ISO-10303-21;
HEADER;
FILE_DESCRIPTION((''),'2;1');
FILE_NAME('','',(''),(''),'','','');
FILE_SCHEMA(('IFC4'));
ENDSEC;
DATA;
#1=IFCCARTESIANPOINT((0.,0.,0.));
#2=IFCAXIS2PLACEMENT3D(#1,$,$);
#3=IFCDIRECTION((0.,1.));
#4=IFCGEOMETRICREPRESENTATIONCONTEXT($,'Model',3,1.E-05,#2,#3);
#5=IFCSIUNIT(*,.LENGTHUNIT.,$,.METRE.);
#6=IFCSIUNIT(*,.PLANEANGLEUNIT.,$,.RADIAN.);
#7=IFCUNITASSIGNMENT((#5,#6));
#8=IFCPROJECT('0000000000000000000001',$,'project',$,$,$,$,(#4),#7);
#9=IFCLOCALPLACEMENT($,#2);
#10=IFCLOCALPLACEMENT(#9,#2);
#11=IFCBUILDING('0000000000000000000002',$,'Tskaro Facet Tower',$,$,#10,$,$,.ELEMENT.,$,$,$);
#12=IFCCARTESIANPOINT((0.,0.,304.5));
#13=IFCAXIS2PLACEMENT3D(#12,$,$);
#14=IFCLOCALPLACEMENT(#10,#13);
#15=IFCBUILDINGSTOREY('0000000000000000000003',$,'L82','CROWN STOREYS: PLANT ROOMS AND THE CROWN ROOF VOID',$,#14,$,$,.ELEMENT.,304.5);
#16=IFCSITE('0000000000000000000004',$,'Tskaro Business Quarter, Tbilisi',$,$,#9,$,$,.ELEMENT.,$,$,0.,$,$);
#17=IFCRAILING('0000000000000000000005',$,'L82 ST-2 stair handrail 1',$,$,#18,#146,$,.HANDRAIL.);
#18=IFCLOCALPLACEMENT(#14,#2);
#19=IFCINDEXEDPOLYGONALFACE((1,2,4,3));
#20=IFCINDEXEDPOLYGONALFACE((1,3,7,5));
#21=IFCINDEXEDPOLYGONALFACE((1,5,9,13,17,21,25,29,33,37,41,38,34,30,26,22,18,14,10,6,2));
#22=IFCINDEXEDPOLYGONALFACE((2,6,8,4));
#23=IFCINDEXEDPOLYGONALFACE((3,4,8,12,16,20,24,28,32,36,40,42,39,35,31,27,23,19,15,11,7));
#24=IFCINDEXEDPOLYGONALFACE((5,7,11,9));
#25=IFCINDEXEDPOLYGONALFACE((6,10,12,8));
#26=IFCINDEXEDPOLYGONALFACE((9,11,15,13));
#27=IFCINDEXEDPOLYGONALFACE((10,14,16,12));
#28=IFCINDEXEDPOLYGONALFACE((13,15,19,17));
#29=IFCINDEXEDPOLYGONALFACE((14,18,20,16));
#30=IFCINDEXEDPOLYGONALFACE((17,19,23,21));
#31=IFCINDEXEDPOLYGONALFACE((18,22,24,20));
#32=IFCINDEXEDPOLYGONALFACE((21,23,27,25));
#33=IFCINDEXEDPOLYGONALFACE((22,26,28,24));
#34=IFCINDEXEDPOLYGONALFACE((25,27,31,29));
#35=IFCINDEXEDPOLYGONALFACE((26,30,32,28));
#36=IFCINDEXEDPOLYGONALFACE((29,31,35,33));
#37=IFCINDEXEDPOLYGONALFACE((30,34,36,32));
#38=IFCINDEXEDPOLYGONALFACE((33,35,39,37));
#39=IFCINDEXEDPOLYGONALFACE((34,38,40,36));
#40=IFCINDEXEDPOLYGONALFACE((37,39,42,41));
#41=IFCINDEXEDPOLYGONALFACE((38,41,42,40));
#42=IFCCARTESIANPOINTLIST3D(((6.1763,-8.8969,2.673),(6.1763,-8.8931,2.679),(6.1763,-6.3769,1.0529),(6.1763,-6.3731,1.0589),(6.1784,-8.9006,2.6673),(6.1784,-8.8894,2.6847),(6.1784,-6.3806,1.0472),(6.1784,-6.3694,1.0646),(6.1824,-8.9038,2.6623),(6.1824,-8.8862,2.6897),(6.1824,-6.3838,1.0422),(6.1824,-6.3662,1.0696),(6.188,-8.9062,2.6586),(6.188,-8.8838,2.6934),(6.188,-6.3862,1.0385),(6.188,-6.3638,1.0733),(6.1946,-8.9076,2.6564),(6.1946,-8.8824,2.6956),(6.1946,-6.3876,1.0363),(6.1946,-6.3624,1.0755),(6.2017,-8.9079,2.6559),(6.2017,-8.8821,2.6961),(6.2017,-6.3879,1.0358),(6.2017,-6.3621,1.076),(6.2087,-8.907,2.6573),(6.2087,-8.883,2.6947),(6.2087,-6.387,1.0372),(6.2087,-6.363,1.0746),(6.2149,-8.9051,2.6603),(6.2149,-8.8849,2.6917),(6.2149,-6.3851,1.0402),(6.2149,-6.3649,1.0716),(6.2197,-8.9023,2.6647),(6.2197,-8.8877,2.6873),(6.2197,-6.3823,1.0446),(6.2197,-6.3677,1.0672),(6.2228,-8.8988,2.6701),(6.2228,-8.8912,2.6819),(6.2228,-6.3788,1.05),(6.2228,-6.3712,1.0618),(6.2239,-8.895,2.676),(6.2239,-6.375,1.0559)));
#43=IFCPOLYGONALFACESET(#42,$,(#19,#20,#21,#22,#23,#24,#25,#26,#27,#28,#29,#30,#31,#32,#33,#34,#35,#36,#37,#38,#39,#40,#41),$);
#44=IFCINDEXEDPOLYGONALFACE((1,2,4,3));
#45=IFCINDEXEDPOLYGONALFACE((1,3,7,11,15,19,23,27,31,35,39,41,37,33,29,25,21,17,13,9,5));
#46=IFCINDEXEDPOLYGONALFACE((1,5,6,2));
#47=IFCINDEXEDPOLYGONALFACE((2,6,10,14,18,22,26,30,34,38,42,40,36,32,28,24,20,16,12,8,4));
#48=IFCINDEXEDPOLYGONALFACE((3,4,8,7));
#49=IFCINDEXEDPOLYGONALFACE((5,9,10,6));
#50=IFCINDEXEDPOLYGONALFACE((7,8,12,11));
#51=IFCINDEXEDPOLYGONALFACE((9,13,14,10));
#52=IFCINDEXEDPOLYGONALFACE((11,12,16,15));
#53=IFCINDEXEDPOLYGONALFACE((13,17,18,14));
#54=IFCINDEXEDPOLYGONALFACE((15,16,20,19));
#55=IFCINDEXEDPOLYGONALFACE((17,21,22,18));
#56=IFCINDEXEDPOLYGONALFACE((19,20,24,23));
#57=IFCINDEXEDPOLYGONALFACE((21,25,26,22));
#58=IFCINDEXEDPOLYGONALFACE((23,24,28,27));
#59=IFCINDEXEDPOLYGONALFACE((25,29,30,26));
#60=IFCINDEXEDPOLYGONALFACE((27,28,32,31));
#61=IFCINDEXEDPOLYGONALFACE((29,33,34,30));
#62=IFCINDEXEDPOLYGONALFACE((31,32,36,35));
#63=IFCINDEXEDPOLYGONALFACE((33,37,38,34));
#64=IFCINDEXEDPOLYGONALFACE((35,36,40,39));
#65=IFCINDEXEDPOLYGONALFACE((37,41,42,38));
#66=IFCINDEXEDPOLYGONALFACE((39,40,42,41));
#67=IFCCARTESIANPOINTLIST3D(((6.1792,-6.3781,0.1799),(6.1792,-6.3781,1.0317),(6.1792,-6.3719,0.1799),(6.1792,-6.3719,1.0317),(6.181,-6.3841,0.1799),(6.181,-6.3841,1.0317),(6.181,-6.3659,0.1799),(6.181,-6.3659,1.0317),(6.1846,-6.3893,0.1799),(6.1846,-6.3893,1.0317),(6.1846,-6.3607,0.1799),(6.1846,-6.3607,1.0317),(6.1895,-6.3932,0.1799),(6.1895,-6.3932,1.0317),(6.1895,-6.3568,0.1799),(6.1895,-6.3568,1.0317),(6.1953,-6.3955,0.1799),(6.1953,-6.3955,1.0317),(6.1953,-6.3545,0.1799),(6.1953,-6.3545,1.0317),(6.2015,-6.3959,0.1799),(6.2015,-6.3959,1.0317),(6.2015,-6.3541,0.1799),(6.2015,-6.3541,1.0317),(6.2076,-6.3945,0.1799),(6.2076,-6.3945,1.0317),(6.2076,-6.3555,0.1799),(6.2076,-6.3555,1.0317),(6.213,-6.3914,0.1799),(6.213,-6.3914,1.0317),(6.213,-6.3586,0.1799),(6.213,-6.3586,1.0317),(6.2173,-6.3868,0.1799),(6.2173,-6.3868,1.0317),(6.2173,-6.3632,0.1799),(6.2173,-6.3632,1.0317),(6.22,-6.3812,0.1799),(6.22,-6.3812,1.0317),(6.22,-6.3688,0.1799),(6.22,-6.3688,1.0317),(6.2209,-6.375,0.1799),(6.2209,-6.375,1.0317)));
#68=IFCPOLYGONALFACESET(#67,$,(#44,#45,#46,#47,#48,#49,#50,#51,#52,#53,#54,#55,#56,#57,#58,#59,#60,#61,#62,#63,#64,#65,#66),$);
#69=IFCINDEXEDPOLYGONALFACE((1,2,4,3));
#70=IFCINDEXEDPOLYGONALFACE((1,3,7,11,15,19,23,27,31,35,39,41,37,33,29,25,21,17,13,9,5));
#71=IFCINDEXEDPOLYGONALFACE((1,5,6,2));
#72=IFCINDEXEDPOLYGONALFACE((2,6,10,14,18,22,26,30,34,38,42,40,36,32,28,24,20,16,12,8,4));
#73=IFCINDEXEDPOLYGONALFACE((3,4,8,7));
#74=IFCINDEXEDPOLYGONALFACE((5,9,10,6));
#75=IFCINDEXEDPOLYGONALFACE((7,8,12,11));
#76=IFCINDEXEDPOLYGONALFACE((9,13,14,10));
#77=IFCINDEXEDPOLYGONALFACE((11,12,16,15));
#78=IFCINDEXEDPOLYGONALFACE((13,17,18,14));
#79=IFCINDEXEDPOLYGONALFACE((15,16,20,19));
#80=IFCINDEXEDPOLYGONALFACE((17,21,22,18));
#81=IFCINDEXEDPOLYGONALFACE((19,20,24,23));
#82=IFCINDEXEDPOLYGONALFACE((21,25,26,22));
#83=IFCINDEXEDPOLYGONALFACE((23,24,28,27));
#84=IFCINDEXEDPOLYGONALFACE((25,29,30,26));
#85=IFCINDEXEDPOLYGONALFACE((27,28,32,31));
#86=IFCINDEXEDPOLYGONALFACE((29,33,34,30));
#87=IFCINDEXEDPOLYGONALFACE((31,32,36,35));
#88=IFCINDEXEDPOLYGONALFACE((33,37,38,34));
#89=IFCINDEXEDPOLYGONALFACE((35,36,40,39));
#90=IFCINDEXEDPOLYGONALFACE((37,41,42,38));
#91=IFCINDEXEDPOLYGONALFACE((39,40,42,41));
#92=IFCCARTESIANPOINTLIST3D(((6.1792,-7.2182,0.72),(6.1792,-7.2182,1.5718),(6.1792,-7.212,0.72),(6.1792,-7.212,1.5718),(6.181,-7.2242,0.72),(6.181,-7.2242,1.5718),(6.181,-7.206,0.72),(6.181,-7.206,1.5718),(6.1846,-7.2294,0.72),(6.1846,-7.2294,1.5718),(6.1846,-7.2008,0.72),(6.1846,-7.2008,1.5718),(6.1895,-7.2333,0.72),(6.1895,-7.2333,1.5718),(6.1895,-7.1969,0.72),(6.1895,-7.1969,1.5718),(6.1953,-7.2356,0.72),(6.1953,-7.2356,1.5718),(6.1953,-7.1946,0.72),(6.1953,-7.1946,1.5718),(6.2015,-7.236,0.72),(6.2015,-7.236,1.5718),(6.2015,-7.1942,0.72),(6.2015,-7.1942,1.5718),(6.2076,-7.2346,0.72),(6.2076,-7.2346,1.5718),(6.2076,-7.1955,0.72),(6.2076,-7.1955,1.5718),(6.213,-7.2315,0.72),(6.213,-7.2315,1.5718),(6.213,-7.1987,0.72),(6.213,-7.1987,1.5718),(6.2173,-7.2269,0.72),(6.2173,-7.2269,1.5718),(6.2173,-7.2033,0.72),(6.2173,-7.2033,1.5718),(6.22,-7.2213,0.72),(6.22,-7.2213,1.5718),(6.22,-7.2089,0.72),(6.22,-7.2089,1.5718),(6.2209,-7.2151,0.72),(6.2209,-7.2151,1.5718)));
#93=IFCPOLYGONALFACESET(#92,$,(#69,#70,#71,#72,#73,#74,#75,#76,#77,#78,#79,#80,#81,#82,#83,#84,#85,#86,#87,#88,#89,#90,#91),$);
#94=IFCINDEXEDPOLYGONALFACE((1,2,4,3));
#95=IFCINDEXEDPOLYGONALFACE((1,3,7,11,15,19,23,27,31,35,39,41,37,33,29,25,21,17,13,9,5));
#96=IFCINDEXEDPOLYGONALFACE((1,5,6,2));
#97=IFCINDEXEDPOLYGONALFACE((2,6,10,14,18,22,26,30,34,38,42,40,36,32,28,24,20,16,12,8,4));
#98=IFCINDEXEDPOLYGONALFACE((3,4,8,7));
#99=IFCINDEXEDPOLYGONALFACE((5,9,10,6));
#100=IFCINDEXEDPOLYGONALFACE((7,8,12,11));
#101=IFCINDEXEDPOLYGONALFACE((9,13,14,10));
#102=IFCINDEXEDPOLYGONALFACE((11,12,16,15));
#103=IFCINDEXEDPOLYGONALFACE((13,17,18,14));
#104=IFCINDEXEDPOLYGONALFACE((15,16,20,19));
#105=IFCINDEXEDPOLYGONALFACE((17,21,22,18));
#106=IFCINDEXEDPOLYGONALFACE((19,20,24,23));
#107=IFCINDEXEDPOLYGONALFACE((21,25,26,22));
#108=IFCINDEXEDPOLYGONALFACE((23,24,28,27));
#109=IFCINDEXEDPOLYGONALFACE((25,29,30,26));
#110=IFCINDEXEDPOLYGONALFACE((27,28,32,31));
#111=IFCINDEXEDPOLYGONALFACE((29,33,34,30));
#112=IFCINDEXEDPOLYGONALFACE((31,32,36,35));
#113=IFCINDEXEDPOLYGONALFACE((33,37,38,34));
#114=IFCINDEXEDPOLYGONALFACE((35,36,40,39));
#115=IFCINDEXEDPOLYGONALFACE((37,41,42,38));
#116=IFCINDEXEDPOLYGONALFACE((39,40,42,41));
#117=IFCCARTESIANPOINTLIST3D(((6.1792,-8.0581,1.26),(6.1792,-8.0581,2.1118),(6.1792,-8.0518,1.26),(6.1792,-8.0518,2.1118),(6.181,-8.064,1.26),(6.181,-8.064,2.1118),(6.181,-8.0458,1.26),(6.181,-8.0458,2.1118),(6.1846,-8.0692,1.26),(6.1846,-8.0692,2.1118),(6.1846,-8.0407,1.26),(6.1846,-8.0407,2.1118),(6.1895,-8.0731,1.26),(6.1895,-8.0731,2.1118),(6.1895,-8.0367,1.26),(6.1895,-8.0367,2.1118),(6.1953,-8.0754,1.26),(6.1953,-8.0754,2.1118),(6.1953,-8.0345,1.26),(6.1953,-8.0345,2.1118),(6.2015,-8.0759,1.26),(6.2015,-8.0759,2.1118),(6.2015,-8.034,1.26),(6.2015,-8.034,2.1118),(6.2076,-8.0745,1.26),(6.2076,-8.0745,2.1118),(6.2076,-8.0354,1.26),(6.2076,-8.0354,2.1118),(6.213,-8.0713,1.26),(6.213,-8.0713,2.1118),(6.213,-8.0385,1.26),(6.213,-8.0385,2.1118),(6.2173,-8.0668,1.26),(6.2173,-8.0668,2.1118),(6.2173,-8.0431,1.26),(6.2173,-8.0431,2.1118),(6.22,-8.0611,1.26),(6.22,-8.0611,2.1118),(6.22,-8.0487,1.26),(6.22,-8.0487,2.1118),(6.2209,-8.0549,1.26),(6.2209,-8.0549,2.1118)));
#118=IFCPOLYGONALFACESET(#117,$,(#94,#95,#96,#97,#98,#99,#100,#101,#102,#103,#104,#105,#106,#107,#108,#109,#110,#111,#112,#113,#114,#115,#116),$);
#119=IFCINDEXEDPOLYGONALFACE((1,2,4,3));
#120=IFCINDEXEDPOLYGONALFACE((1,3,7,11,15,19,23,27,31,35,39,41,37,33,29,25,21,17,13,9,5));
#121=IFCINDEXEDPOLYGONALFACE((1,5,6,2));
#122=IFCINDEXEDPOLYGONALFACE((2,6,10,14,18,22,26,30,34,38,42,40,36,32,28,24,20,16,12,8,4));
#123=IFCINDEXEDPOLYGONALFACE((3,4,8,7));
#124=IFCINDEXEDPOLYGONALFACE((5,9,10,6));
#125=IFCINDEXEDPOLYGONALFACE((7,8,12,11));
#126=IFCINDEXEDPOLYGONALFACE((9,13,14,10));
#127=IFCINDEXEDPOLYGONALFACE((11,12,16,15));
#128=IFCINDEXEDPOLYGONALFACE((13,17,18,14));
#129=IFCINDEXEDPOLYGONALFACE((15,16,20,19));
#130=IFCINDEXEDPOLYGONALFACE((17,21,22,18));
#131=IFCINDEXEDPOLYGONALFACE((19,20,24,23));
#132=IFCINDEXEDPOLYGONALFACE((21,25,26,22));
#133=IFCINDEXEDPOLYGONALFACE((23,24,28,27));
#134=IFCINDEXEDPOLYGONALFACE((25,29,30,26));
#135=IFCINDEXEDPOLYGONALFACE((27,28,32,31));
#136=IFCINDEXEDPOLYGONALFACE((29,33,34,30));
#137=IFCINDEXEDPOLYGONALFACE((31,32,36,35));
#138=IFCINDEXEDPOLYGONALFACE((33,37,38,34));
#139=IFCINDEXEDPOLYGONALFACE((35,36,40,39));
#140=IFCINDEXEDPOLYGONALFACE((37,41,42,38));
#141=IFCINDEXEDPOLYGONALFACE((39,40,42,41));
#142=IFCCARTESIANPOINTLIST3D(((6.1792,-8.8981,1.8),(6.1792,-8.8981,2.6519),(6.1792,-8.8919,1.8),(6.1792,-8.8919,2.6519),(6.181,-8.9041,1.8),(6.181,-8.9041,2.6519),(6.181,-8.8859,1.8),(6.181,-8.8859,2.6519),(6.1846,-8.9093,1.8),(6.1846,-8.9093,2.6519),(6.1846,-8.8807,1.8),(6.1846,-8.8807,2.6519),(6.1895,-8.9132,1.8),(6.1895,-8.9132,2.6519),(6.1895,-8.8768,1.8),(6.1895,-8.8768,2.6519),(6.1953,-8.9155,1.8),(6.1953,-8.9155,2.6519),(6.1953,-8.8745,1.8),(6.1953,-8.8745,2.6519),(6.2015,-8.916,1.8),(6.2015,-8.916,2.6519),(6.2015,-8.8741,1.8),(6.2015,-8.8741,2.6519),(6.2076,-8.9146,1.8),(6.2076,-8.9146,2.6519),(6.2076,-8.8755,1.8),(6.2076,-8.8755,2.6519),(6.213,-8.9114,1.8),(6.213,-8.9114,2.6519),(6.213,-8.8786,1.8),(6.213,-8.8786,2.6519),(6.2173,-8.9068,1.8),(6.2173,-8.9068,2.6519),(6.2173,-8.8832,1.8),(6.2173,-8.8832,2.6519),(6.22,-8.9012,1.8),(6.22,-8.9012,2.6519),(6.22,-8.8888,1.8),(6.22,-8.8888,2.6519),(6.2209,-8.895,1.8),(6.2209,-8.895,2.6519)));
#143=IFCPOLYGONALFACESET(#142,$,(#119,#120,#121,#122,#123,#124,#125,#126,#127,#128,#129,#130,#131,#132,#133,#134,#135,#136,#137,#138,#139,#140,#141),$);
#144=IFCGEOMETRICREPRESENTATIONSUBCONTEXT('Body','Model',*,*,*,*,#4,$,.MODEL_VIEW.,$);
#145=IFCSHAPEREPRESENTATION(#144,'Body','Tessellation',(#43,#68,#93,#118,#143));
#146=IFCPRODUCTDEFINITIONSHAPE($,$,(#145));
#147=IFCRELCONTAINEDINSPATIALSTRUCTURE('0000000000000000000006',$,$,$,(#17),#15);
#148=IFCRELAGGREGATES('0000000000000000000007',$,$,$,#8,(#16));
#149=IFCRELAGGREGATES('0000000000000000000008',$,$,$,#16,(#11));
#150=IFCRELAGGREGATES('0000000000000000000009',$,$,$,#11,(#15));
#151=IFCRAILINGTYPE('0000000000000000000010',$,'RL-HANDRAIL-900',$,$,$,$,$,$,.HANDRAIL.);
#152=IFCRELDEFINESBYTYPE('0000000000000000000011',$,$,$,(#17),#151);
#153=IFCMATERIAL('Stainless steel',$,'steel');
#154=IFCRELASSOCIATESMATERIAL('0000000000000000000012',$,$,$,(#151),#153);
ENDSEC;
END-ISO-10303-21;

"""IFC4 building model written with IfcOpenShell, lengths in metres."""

from ifc_helpers import new_model, si_unit, direction, frame, origin, origin_2d, place, context, subcontext, project, spatial, circle, extrude, material, type_object, element, save


model = new_model("IFC4")

# Units and contexts
model_context = context("Model", 3, precision=1e-05, world=origin(), true_north=direction((0.0, 1.0)))
body_context = subcontext(model_context, "Body", "Model", "MODEL_VIEW")
ifc_project = project(units=[si_unit("LENGTHUNIT", "METRE"), si_unit("PLANEANGLEUNIT", "RADIAN")], contexts=[model_context])

# Site, building, storey
site_placement = place(None, origin())
site = spatial("IfcSite", under=ifc_project, at=site_placement, Name="Tskaro Business Quarter, Tbilisi", CompositionType="ELEMENT", RefElevation=0.0)
building_placement = place(site_placement, origin())
building = spatial("IfcBuilding", under=site, at=building_placement, Name="Tskaro Facet Tower", CompositionType="ELEMENT")
storey_placement = place(building_placement, frame((0.0, 0.0, 304.5)))
storey = spatial("IfcBuildingStorey", under=building, at=storey_placement, Name="L82", Description="CROWN STOREYS: PLANT ROOMS AND THE CROWN ROOF VOID", CompositionType="ELEMENT", Elevation=304.5)

# Railing
ifc_material_1 = material(Name="Stainless steel", Category="steel")
railing_type_1 = type_object("IfcRailingType", Name="RL-HANDRAIL-900", PredefinedType="HANDRAIL", material=ifc_material_1)
railing_1_placement = place(storey_placement, frame((6.2, -6.375, 0.1799)))
element("IfcRailing", 1, at=railing_1_placement, inside=storey, type_object=railing_type_1, Name="L82 ST-2 stair handrail 1", PredefinedType="HANDRAIL", context=body_context, shape_type="SweptSolid", body=[
    extrude(circle(Radius=0.0239, at=origin_2d()), frame((0.0, 0.0, 0.876), z_axis=(0.0, -0.841163, 0.540782), x_axis=(1.0, 0.0, 0.0)), (0.0, 0.0, 1.0), 2.9958),
    extrude(circle(Radius=0.021, at=origin_2d()), origin(), (0.0, 0.0, 1.0), 0.8518),
    extrude(circle(Radius=0.021, at=origin_2d()), frame((0.0, -0.8401, 0.54)), (0.0, 0.0, 1.0), 0.8518),
    extrude(circle(Radius=0.021, at=origin_2d()), frame((0.0, -1.6799, 1.0801)), (0.0, 0.0, 1.0), 0.8518),
    extrude(circle(Radius=0.021, at=origin_2d()), frame((0.0, -2.52, 1.6201)), (0.0, 0.0, 1.0), 0.8518),
])

save(model, "model.ifc")
